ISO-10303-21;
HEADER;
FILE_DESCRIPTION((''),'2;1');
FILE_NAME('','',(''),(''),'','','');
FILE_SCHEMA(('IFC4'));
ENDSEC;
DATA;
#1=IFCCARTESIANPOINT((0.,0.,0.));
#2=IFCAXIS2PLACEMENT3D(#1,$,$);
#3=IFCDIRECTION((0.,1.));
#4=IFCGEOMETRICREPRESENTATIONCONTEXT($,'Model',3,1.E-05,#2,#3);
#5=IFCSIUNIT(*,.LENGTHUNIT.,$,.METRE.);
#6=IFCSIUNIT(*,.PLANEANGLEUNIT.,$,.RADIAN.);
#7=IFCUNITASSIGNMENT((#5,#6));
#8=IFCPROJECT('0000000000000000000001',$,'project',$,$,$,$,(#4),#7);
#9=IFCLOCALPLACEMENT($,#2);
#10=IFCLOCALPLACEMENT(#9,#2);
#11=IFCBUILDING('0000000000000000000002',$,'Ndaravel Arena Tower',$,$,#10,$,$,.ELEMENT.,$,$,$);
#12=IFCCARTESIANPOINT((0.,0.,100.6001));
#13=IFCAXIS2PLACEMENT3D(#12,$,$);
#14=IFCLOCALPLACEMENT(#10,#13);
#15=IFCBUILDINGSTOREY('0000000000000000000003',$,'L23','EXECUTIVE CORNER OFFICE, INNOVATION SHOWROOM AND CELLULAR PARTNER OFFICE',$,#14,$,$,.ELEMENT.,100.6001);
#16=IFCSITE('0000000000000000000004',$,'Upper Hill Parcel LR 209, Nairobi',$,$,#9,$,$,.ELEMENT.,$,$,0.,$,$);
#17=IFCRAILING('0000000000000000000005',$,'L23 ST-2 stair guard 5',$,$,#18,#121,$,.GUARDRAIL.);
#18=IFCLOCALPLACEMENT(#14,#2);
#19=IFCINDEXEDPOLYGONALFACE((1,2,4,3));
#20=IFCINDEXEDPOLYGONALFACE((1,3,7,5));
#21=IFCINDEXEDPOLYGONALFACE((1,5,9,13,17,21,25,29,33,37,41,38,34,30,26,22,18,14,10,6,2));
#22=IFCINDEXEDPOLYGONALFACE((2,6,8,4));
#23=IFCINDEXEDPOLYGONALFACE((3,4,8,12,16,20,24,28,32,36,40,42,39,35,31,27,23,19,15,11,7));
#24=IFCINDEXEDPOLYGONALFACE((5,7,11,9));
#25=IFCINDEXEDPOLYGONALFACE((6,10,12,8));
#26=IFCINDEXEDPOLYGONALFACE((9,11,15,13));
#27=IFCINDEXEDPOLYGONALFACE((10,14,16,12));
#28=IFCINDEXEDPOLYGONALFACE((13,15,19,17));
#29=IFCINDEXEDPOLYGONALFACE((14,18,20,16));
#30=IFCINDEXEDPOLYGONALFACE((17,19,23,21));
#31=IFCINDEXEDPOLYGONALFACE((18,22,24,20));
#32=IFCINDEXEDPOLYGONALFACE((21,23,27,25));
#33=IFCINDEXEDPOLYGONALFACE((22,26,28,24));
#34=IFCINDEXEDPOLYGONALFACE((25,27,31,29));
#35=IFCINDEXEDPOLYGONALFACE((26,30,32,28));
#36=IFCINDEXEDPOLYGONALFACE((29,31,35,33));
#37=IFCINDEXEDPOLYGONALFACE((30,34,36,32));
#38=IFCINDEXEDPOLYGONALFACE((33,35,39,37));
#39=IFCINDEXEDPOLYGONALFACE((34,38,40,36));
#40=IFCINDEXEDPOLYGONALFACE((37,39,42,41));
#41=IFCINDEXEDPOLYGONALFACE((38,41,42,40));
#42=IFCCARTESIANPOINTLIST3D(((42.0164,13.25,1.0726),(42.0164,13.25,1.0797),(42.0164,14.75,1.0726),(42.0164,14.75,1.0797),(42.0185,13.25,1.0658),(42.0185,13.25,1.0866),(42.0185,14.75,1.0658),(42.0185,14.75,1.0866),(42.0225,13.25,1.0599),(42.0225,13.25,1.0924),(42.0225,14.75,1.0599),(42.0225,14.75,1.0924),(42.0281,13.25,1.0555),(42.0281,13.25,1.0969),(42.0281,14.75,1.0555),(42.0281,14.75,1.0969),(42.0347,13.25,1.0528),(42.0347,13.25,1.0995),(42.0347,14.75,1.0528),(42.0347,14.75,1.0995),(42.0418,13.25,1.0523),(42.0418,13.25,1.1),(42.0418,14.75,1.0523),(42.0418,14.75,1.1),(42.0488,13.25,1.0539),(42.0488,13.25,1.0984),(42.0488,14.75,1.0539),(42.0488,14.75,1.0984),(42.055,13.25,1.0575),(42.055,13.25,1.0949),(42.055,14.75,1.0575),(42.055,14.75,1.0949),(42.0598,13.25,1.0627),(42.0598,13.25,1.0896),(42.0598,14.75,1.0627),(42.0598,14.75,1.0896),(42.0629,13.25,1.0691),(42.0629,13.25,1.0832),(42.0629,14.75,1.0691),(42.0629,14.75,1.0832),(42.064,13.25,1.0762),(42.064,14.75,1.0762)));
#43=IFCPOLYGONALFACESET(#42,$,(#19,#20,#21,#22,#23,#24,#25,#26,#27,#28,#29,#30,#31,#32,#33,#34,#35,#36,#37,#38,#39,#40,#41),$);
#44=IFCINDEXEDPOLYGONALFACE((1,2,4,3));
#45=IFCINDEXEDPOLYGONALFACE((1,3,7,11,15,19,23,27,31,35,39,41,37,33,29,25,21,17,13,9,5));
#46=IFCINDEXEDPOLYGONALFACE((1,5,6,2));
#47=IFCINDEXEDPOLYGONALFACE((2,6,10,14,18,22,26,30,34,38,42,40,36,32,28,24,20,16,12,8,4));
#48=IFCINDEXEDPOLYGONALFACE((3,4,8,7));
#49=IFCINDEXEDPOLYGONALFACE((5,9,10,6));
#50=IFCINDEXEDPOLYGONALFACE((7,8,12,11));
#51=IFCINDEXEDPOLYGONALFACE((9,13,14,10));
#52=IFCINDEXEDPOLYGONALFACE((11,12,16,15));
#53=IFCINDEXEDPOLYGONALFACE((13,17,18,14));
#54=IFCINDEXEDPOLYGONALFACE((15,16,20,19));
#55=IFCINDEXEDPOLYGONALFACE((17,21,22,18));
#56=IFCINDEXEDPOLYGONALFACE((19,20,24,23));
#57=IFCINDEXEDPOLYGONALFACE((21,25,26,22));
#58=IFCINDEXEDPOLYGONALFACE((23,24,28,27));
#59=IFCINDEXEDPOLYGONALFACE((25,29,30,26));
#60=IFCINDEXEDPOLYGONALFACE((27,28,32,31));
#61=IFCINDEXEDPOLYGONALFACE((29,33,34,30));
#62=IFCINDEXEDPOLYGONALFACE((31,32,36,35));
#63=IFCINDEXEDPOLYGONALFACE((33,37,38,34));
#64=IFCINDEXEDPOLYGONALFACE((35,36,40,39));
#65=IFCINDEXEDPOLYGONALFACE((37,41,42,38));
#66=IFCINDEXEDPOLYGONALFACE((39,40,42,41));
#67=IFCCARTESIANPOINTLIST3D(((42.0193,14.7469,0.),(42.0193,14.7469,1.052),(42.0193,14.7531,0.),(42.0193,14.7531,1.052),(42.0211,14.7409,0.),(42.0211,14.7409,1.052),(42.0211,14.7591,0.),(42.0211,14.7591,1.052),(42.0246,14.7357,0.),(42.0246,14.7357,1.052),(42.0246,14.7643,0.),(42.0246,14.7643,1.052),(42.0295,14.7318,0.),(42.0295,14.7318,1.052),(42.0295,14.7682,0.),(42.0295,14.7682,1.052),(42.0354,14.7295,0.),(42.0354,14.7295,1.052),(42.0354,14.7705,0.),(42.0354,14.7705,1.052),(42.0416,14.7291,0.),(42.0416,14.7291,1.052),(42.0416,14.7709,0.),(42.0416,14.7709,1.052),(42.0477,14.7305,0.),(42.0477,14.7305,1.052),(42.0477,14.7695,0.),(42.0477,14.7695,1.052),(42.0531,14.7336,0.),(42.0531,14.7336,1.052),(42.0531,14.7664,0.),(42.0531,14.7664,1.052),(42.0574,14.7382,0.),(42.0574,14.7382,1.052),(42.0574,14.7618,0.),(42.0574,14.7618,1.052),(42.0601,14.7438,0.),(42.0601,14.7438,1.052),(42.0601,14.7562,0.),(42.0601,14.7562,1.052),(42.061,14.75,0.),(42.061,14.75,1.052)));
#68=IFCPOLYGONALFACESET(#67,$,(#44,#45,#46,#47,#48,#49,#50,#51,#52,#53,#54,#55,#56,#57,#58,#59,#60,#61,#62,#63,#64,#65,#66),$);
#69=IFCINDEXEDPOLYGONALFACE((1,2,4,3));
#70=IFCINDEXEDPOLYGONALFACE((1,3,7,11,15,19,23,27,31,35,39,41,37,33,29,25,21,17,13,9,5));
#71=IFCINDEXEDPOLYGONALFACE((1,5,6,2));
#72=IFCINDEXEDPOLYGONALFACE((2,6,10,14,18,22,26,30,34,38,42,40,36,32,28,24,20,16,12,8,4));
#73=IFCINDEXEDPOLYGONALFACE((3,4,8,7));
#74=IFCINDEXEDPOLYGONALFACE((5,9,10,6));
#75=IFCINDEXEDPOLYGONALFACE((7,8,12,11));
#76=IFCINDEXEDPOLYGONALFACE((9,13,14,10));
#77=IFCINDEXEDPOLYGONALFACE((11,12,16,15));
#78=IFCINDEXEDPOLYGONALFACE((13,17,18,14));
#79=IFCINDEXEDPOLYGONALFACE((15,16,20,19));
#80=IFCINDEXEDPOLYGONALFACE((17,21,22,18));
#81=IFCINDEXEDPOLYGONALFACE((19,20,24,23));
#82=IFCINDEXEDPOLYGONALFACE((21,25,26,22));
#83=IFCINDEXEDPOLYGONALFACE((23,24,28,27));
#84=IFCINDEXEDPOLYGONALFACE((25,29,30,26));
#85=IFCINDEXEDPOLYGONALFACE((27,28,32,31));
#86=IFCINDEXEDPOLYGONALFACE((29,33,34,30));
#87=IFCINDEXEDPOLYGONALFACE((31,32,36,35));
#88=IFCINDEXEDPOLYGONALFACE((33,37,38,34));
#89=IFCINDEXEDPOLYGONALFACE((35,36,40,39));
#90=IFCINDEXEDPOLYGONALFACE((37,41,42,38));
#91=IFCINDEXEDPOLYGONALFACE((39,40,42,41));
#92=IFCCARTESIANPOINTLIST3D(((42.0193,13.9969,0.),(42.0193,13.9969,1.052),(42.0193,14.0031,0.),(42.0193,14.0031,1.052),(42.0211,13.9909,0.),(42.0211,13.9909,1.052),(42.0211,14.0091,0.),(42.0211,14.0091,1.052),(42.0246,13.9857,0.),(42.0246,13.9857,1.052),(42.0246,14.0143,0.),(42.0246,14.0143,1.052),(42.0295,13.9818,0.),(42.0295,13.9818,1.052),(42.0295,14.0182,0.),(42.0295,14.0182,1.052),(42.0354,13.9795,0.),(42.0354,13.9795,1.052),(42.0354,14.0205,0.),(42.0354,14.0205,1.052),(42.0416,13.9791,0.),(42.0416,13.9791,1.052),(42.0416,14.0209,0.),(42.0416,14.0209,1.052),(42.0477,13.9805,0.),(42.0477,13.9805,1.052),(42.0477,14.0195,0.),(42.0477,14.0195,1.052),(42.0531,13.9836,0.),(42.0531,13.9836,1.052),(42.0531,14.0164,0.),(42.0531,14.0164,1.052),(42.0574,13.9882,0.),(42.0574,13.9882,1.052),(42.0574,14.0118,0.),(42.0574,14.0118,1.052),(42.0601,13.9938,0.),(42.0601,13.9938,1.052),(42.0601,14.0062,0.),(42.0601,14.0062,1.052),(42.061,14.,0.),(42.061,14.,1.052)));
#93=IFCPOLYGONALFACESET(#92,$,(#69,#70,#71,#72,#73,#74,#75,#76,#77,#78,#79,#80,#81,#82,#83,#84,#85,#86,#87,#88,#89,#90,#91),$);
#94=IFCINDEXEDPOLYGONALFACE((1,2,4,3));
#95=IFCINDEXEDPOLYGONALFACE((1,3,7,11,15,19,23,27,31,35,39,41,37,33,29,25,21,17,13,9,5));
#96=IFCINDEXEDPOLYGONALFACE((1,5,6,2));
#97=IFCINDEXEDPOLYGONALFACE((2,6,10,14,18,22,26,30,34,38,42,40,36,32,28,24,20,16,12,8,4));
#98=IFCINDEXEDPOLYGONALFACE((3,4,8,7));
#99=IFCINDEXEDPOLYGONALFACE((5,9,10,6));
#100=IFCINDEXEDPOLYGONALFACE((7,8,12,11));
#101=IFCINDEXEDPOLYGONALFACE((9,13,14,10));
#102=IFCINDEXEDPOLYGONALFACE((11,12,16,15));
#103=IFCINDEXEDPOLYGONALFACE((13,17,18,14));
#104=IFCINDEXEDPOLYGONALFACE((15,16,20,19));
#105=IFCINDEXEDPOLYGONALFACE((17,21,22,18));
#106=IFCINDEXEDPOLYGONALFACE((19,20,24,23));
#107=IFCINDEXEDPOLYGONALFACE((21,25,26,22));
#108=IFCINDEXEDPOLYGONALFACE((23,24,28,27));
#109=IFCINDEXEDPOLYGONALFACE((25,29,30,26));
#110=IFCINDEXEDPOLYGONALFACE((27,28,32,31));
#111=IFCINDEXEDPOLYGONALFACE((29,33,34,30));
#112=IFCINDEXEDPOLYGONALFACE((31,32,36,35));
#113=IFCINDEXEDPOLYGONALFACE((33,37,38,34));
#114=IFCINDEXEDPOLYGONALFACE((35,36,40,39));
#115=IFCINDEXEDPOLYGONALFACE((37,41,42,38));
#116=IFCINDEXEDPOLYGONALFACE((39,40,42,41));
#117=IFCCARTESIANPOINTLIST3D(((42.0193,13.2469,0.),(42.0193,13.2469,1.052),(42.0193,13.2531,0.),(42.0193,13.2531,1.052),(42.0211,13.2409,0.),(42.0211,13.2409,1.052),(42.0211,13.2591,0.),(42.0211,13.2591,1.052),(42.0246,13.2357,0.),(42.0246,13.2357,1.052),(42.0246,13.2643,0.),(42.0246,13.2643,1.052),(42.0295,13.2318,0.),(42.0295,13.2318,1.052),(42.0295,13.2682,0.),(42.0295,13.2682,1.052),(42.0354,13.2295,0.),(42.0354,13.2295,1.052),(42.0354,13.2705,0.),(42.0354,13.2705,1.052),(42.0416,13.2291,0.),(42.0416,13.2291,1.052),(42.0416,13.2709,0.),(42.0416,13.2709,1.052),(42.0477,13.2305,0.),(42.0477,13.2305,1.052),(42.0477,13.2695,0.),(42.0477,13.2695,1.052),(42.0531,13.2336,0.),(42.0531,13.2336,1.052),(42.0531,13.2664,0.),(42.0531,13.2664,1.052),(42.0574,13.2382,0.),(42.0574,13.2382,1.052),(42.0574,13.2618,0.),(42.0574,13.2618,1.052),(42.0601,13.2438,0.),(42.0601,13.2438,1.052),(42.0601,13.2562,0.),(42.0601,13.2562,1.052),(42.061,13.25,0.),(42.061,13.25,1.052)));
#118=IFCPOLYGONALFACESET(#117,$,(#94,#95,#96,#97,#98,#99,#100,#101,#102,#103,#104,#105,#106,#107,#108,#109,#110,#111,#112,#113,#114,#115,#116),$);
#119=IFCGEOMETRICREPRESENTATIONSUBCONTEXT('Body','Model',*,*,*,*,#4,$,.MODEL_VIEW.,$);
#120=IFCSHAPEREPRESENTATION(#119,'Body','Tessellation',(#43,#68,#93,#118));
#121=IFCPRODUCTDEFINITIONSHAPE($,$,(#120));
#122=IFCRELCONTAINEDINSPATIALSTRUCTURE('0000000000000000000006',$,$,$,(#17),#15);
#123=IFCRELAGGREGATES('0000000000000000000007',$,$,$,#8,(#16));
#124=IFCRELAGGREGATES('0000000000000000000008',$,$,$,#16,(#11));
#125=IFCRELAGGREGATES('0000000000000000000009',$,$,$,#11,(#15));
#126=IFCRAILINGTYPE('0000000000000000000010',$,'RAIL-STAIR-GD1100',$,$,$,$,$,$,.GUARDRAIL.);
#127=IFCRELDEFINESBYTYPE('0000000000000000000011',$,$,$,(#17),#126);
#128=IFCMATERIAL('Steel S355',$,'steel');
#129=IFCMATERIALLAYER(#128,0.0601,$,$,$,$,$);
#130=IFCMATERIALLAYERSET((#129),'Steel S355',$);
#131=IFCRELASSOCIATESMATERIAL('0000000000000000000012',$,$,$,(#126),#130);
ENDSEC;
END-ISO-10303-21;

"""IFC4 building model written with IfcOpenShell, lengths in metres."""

from ifc_helpers import new_model, si_unit, direction, frame, origin, origin_2d, place, context, subcontext, project, spatial, circle, extrude, material, layer, layer_set, type_object, element, save


model = new_model("IFC4")

# Units and contexts
model_context = context("Model", 3, precision=1e-05, world=origin(), true_north=direction((0.0, 1.0)))
body_context = subcontext(model_context, "Body", "Model", "MODEL_VIEW")
ifc_project = project(units=[si_unit("LENGTHUNIT", "METRE"), si_unit("PLANEANGLEUNIT", "RADIAN")], contexts=[model_context])

# Site, building, storey
site_placement = place(None, origin())
site = spatial("IfcSite", under=ifc_project, at=site_placement, Name="Upper Hill Parcel LR 209, Nairobi", CompositionType="ELEMENT", RefElevation=0.0)
building_placement = place(site_placement, origin())
building = spatial("IfcBuilding", under=site, at=building_placement, Name="Ndaravel Arena Tower", CompositionType="ELEMENT")
storey_placement = place(building_placement, frame((0.0, 0.0, 100.6001)))
storey = spatial("IfcBuildingStorey", under=building, at=storey_placement, Name="L23", Description="EXECUTIVE CORNER OFFICE, INNOVATION SHOWROOM AND CELLULAR PARTNER OFFICE", CompositionType="ELEMENT", Elevation=100.6001)

# Railing
ifc_material_1 = material(Name="Steel S355", Category="steel")
ifc_layer_1 = layer(ifc_material_1, 0.0601)
ifc_layer_set_1 = layer_set([ifc_layer_1], Name="Steel S355")
railing_type = type_object("IfcRailingType", Name="RAIL-STAIR-GD1100", PredefinedType="GUARDRAIL", material=ifc_layer_set_1)
for number, where, name in (
    (1, (42.04, 14.75, 0.0), "L23 ST-2 stair guard 5"),
):
    element("IfcRailing", number, at=place(storey_placement, frame(where)), inside=storey, type_object=railing_type, Name=name, PredefinedType="GUARDRAIL", context=body_context, shape_type="SweptSolid", body=[
        extrude(circle(Radius=0.0239, at=origin_2d()), frame((0.0, 0.0, 1.0762), z_axis=(0.0, -1.0, 0.0), x_axis=(1.0, 0.0, 0.0)), (0.0, 0.0, 1.0), 1.5),
        extrude(circle(Radius=0.021, at=origin_2d()), origin(), (0.0, 0.0, 1.0), 1.052),
        extrude(circle(Radius=0.021, at=origin_2d()), frame((0.0, -0.75, 0.0)), (0.0, 0.0, 1.0), 1.052),
        extrude(circle(Radius=0.021, at=origin_2d()), frame((0.0, -1.5, 0.0)), (0.0, 0.0, 1.0), 1.052),
    ])

save(model, "model.ifc")
